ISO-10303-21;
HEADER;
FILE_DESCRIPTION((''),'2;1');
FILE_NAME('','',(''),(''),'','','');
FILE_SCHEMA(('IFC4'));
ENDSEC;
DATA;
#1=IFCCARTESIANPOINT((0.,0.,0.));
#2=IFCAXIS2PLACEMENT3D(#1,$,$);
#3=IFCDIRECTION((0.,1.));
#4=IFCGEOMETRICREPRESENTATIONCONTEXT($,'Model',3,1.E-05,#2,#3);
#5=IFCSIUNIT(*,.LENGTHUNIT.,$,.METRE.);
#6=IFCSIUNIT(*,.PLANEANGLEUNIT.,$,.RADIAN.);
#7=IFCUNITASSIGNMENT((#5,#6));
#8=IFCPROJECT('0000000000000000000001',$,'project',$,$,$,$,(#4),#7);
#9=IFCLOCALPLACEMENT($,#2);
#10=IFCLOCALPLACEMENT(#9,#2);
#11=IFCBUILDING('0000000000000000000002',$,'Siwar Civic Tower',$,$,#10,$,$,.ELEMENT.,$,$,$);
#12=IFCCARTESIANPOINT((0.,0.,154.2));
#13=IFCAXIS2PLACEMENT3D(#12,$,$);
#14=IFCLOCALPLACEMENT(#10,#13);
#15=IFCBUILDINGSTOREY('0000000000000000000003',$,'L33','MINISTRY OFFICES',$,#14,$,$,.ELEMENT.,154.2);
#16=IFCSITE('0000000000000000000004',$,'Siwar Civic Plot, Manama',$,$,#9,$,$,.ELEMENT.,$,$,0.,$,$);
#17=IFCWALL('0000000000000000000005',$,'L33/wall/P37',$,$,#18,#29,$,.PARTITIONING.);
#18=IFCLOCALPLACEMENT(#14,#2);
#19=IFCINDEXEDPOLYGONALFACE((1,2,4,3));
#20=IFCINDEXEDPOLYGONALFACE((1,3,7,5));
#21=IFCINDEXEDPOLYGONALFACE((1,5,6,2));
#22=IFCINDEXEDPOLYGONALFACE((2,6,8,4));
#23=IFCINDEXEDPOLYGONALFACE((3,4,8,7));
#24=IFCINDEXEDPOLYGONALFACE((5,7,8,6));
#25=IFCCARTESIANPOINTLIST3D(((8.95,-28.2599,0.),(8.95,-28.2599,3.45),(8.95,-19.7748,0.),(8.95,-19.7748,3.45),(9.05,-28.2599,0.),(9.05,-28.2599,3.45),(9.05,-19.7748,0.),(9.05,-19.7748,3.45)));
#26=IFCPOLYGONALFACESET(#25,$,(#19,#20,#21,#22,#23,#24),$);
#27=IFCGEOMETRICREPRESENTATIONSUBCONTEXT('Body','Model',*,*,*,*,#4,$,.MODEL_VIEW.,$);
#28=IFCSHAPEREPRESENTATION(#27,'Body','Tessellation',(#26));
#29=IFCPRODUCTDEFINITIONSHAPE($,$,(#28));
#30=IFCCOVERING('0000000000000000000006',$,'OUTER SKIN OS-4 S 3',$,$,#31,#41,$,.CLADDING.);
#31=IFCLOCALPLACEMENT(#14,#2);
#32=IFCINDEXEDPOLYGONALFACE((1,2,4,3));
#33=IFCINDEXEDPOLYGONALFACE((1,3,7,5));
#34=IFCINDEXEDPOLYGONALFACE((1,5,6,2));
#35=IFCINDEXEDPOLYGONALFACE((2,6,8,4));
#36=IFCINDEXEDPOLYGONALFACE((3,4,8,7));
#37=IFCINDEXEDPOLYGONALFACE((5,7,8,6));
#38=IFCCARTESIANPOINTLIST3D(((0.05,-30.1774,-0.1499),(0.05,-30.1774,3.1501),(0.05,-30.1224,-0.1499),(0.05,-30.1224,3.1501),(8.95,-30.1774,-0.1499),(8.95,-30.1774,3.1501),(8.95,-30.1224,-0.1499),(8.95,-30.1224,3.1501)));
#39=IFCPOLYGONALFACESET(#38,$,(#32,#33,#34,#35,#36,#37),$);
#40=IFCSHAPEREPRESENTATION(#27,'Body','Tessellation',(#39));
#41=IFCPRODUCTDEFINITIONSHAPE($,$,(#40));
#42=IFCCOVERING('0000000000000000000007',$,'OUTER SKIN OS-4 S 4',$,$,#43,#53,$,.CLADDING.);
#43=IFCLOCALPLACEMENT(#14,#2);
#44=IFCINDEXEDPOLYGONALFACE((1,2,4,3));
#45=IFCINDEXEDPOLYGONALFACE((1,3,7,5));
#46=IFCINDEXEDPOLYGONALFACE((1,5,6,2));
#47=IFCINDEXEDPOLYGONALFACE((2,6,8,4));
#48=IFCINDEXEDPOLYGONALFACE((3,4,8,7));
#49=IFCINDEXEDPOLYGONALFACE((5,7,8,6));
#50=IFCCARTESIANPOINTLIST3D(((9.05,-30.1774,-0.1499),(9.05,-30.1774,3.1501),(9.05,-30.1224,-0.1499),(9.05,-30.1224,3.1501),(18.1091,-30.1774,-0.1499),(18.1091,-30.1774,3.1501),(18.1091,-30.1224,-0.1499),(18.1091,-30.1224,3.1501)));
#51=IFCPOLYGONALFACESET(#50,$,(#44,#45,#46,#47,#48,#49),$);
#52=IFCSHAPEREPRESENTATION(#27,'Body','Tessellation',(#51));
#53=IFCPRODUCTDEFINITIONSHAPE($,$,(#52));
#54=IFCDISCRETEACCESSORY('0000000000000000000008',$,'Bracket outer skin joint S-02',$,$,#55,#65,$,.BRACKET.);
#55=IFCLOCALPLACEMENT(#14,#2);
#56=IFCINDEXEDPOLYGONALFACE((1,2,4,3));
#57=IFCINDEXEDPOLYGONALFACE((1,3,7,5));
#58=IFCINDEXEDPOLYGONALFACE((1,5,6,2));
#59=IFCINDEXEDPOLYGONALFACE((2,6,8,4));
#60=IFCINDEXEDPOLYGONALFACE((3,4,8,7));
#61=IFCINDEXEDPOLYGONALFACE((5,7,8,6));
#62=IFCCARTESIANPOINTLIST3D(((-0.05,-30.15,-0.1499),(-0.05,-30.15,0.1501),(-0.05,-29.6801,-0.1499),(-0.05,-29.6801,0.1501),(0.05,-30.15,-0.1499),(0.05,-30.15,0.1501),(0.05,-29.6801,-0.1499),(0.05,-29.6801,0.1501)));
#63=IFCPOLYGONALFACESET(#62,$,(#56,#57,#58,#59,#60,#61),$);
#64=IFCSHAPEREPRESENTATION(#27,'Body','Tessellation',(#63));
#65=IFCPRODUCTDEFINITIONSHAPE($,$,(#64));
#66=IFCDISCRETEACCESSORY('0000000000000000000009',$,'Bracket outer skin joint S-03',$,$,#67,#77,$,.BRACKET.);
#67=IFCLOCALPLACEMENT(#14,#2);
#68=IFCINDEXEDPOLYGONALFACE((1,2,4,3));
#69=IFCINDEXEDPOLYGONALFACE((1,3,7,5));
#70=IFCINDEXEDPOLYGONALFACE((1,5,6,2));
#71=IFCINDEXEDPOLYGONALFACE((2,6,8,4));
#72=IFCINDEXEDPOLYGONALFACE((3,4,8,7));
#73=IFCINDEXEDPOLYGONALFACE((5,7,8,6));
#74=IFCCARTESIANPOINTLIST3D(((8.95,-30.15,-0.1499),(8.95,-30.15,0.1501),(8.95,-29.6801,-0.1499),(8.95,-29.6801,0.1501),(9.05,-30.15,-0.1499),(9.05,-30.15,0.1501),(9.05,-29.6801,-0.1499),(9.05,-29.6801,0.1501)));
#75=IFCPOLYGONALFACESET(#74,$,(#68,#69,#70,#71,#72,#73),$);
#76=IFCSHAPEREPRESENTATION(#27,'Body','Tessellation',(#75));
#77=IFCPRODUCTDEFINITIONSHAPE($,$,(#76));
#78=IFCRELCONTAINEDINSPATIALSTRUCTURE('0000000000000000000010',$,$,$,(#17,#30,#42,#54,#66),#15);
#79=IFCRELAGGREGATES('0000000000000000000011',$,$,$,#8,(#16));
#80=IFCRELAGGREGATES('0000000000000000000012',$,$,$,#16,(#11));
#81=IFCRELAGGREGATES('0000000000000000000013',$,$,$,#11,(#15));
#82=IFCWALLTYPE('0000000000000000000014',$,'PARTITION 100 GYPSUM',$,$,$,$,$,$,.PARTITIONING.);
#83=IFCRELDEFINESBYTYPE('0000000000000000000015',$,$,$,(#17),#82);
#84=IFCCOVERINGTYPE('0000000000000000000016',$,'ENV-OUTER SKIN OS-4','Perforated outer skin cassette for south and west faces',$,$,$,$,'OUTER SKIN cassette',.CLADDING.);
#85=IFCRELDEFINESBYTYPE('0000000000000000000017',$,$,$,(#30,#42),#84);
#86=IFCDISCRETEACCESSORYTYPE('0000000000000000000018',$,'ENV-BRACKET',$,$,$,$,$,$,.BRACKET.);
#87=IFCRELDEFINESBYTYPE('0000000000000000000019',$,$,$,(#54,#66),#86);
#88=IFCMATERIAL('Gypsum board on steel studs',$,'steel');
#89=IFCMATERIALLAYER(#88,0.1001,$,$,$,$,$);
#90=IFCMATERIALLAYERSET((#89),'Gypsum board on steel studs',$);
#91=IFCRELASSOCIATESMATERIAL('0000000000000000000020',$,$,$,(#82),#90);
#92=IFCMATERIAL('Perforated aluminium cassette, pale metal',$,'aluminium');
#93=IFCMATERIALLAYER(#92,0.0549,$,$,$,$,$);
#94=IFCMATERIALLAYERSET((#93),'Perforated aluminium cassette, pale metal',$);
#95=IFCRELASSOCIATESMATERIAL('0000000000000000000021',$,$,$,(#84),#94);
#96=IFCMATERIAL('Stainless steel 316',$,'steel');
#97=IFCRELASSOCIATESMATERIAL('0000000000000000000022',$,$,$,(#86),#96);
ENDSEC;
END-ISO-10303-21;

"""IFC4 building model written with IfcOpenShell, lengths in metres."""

from ifc_helpers import new_model, si_unit, direction, frame, frame_2d, origin, origin_2d, place, context, subcontext, project, spatial, rectangle, extrude, material, layer, layer_set, type_object, element, save


model = new_model("IFC4")

# Units and contexts
model_context = context("Model", 3, precision=1e-05, world=origin(), true_north=direction((0.0, 1.0)))
body_context = subcontext(model_context, "Body", "Model", "MODEL_VIEW")
ifc_project = project(units=[si_unit("LENGTHUNIT", "METRE"), si_unit("PLANEANGLEUNIT", "RADIAN")], contexts=[model_context])

# Site, building, storey
site_placement = place(None, origin())
site = spatial("IfcSite", under=ifc_project, at=site_placement, Name="Siwar Civic Plot, Manama", CompositionType="ELEMENT", RefElevation=0.0)
building_placement = place(site_placement, origin())
building = spatial("IfcBuilding", under=site, at=building_placement, Name="Siwar Civic Tower", CompositionType="ELEMENT")
storey_placement = place(building_placement, frame((0.0, 0.0, 154.2)))
storey = spatial("IfcBuildingStorey", under=building, at=storey_placement, Name="L33", Description="MINISTRY OFFICES", CompositionType="ELEMENT", Elevation=154.2)

# Wall
ifc_material_1 = material(Name="Gypsum board on steel studs", Category="steel")
ifc_layer_1 = layer(ifc_material_1, 0.1001)
ifc_layer_set_1 = layer_set([ifc_layer_1], Name="Gypsum board on steel studs")
wall_type_1 = type_object("IfcWallType", Name="PARTITION 100 GYPSUM", PredefinedType="PARTITIONING", material=ifc_layer_set_1)
wall_1_placement = place(storey_placement, frame((9.0, -28.26, 0.0), z_axis=(0.0, 0.0, 1.0), x_axis=(0.0, 1.0, 0.0)))
element("IfcWall", 1, at=wall_1_placement, inside=storey, type_object=wall_type_1, Name="L33/wall/P37", PredefinedType="PARTITIONING", context=body_context, shape_type="SweptSolid", body=[
    extrude(rectangle(XDim=8.4851, YDim=0.1001, at=frame_2d((4.2427, 0.0))), origin(), (0.0, 0.0, 1.0), 3.45),
])

# Coverings
ifc_material_2 = material(Name="Perforated aluminium cassette, pale metal", Category="aluminium")
ifc_layer_2 = layer(ifc_material_2, 0.0549)
ifc_layer_set_2 = layer_set([ifc_layer_2], Name="Perforated aluminium cassette, pale metal")
covering_type = type_object("IfcCoveringType", Name="ENV-OUTER SKIN OS-4", Description="Perforated outer skin cassette for south and west faces", ElementType="OUTER SKIN cassette", PredefinedType="CLADDING", material=ifc_layer_set_2)
covering_1_placement = place(storey_placement, frame((4.5, -30.1499, -0.1499), z_axis=(0.0, 0.0, 1.0), x_axis=(1.0, 0.0, 0.0)))
element("IfcCovering", 2, at=covering_1_placement, inside=storey, type_object=covering_type, Name="OUTER SKIN OS-4 S 3", PredefinedType="CLADDING", context=body_context, shape_type="SweptSolid", body=[
    extrude(rectangle(XDim=8.8999, YDim=0.0549, at=origin_2d()), origin(), (0.0, 0.0, 1.0), 3.3),
])
covering_2_placement = place(storey_placement, frame((13.5796, -30.1499, -0.1499), z_axis=(0.0, 0.0, 1.0), x_axis=(1.0, 0.0, 0.0)))
element("IfcCovering", 3, at=covering_2_placement, inside=storey, type_object=covering_type, Name="OUTER SKIN OS-4 S 4", PredefinedType="CLADDING", context=body_context, shape_type="SweptSolid", body=[
    extrude(rectangle(XDim=9.0591, YDim=0.0549, at=origin_2d()), origin(), (0.0, 0.0, 1.0), 3.3),
])

# Discrete accessories
ifc_material_3 = material(Name="Stainless steel 316", Category="steel")
discrete_accessory_type = type_object("IfcDiscreteAccessoryType", Name="ENV-BRACKET", PredefinedType="BRACKET", material=ifc_material_3)
for number, where, z_axis, x_axis, name in (
    (4, (0.0, -29.915, -0.1499), (0.0, 0.0, 1.0), (0.0, -1.0, 0.0), "Bracket outer skin joint S-02"),
    (5, (9.0, -29.915, -0.1499), (0.0, 0.0, 1.0), (0.0, -1.0, 0.0), "Bracket outer skin joint S-03"),
):
    element("IfcDiscreteAccessory", number, at=place(storey_placement, frame(where, z_axis=z_axis, x_axis=x_axis)), inside=storey, type_object=discrete_accessory_type, Name=name, PredefinedType="BRACKET", context=body_context, shape_type="SweptSolid", body=[
        extrude(rectangle(XDim=0.47, YDim=0.1001, at=origin_2d()), origin(), (0.0, 0.0, 1.0), 0.3),
    ])

save(model, "model.ifc")
